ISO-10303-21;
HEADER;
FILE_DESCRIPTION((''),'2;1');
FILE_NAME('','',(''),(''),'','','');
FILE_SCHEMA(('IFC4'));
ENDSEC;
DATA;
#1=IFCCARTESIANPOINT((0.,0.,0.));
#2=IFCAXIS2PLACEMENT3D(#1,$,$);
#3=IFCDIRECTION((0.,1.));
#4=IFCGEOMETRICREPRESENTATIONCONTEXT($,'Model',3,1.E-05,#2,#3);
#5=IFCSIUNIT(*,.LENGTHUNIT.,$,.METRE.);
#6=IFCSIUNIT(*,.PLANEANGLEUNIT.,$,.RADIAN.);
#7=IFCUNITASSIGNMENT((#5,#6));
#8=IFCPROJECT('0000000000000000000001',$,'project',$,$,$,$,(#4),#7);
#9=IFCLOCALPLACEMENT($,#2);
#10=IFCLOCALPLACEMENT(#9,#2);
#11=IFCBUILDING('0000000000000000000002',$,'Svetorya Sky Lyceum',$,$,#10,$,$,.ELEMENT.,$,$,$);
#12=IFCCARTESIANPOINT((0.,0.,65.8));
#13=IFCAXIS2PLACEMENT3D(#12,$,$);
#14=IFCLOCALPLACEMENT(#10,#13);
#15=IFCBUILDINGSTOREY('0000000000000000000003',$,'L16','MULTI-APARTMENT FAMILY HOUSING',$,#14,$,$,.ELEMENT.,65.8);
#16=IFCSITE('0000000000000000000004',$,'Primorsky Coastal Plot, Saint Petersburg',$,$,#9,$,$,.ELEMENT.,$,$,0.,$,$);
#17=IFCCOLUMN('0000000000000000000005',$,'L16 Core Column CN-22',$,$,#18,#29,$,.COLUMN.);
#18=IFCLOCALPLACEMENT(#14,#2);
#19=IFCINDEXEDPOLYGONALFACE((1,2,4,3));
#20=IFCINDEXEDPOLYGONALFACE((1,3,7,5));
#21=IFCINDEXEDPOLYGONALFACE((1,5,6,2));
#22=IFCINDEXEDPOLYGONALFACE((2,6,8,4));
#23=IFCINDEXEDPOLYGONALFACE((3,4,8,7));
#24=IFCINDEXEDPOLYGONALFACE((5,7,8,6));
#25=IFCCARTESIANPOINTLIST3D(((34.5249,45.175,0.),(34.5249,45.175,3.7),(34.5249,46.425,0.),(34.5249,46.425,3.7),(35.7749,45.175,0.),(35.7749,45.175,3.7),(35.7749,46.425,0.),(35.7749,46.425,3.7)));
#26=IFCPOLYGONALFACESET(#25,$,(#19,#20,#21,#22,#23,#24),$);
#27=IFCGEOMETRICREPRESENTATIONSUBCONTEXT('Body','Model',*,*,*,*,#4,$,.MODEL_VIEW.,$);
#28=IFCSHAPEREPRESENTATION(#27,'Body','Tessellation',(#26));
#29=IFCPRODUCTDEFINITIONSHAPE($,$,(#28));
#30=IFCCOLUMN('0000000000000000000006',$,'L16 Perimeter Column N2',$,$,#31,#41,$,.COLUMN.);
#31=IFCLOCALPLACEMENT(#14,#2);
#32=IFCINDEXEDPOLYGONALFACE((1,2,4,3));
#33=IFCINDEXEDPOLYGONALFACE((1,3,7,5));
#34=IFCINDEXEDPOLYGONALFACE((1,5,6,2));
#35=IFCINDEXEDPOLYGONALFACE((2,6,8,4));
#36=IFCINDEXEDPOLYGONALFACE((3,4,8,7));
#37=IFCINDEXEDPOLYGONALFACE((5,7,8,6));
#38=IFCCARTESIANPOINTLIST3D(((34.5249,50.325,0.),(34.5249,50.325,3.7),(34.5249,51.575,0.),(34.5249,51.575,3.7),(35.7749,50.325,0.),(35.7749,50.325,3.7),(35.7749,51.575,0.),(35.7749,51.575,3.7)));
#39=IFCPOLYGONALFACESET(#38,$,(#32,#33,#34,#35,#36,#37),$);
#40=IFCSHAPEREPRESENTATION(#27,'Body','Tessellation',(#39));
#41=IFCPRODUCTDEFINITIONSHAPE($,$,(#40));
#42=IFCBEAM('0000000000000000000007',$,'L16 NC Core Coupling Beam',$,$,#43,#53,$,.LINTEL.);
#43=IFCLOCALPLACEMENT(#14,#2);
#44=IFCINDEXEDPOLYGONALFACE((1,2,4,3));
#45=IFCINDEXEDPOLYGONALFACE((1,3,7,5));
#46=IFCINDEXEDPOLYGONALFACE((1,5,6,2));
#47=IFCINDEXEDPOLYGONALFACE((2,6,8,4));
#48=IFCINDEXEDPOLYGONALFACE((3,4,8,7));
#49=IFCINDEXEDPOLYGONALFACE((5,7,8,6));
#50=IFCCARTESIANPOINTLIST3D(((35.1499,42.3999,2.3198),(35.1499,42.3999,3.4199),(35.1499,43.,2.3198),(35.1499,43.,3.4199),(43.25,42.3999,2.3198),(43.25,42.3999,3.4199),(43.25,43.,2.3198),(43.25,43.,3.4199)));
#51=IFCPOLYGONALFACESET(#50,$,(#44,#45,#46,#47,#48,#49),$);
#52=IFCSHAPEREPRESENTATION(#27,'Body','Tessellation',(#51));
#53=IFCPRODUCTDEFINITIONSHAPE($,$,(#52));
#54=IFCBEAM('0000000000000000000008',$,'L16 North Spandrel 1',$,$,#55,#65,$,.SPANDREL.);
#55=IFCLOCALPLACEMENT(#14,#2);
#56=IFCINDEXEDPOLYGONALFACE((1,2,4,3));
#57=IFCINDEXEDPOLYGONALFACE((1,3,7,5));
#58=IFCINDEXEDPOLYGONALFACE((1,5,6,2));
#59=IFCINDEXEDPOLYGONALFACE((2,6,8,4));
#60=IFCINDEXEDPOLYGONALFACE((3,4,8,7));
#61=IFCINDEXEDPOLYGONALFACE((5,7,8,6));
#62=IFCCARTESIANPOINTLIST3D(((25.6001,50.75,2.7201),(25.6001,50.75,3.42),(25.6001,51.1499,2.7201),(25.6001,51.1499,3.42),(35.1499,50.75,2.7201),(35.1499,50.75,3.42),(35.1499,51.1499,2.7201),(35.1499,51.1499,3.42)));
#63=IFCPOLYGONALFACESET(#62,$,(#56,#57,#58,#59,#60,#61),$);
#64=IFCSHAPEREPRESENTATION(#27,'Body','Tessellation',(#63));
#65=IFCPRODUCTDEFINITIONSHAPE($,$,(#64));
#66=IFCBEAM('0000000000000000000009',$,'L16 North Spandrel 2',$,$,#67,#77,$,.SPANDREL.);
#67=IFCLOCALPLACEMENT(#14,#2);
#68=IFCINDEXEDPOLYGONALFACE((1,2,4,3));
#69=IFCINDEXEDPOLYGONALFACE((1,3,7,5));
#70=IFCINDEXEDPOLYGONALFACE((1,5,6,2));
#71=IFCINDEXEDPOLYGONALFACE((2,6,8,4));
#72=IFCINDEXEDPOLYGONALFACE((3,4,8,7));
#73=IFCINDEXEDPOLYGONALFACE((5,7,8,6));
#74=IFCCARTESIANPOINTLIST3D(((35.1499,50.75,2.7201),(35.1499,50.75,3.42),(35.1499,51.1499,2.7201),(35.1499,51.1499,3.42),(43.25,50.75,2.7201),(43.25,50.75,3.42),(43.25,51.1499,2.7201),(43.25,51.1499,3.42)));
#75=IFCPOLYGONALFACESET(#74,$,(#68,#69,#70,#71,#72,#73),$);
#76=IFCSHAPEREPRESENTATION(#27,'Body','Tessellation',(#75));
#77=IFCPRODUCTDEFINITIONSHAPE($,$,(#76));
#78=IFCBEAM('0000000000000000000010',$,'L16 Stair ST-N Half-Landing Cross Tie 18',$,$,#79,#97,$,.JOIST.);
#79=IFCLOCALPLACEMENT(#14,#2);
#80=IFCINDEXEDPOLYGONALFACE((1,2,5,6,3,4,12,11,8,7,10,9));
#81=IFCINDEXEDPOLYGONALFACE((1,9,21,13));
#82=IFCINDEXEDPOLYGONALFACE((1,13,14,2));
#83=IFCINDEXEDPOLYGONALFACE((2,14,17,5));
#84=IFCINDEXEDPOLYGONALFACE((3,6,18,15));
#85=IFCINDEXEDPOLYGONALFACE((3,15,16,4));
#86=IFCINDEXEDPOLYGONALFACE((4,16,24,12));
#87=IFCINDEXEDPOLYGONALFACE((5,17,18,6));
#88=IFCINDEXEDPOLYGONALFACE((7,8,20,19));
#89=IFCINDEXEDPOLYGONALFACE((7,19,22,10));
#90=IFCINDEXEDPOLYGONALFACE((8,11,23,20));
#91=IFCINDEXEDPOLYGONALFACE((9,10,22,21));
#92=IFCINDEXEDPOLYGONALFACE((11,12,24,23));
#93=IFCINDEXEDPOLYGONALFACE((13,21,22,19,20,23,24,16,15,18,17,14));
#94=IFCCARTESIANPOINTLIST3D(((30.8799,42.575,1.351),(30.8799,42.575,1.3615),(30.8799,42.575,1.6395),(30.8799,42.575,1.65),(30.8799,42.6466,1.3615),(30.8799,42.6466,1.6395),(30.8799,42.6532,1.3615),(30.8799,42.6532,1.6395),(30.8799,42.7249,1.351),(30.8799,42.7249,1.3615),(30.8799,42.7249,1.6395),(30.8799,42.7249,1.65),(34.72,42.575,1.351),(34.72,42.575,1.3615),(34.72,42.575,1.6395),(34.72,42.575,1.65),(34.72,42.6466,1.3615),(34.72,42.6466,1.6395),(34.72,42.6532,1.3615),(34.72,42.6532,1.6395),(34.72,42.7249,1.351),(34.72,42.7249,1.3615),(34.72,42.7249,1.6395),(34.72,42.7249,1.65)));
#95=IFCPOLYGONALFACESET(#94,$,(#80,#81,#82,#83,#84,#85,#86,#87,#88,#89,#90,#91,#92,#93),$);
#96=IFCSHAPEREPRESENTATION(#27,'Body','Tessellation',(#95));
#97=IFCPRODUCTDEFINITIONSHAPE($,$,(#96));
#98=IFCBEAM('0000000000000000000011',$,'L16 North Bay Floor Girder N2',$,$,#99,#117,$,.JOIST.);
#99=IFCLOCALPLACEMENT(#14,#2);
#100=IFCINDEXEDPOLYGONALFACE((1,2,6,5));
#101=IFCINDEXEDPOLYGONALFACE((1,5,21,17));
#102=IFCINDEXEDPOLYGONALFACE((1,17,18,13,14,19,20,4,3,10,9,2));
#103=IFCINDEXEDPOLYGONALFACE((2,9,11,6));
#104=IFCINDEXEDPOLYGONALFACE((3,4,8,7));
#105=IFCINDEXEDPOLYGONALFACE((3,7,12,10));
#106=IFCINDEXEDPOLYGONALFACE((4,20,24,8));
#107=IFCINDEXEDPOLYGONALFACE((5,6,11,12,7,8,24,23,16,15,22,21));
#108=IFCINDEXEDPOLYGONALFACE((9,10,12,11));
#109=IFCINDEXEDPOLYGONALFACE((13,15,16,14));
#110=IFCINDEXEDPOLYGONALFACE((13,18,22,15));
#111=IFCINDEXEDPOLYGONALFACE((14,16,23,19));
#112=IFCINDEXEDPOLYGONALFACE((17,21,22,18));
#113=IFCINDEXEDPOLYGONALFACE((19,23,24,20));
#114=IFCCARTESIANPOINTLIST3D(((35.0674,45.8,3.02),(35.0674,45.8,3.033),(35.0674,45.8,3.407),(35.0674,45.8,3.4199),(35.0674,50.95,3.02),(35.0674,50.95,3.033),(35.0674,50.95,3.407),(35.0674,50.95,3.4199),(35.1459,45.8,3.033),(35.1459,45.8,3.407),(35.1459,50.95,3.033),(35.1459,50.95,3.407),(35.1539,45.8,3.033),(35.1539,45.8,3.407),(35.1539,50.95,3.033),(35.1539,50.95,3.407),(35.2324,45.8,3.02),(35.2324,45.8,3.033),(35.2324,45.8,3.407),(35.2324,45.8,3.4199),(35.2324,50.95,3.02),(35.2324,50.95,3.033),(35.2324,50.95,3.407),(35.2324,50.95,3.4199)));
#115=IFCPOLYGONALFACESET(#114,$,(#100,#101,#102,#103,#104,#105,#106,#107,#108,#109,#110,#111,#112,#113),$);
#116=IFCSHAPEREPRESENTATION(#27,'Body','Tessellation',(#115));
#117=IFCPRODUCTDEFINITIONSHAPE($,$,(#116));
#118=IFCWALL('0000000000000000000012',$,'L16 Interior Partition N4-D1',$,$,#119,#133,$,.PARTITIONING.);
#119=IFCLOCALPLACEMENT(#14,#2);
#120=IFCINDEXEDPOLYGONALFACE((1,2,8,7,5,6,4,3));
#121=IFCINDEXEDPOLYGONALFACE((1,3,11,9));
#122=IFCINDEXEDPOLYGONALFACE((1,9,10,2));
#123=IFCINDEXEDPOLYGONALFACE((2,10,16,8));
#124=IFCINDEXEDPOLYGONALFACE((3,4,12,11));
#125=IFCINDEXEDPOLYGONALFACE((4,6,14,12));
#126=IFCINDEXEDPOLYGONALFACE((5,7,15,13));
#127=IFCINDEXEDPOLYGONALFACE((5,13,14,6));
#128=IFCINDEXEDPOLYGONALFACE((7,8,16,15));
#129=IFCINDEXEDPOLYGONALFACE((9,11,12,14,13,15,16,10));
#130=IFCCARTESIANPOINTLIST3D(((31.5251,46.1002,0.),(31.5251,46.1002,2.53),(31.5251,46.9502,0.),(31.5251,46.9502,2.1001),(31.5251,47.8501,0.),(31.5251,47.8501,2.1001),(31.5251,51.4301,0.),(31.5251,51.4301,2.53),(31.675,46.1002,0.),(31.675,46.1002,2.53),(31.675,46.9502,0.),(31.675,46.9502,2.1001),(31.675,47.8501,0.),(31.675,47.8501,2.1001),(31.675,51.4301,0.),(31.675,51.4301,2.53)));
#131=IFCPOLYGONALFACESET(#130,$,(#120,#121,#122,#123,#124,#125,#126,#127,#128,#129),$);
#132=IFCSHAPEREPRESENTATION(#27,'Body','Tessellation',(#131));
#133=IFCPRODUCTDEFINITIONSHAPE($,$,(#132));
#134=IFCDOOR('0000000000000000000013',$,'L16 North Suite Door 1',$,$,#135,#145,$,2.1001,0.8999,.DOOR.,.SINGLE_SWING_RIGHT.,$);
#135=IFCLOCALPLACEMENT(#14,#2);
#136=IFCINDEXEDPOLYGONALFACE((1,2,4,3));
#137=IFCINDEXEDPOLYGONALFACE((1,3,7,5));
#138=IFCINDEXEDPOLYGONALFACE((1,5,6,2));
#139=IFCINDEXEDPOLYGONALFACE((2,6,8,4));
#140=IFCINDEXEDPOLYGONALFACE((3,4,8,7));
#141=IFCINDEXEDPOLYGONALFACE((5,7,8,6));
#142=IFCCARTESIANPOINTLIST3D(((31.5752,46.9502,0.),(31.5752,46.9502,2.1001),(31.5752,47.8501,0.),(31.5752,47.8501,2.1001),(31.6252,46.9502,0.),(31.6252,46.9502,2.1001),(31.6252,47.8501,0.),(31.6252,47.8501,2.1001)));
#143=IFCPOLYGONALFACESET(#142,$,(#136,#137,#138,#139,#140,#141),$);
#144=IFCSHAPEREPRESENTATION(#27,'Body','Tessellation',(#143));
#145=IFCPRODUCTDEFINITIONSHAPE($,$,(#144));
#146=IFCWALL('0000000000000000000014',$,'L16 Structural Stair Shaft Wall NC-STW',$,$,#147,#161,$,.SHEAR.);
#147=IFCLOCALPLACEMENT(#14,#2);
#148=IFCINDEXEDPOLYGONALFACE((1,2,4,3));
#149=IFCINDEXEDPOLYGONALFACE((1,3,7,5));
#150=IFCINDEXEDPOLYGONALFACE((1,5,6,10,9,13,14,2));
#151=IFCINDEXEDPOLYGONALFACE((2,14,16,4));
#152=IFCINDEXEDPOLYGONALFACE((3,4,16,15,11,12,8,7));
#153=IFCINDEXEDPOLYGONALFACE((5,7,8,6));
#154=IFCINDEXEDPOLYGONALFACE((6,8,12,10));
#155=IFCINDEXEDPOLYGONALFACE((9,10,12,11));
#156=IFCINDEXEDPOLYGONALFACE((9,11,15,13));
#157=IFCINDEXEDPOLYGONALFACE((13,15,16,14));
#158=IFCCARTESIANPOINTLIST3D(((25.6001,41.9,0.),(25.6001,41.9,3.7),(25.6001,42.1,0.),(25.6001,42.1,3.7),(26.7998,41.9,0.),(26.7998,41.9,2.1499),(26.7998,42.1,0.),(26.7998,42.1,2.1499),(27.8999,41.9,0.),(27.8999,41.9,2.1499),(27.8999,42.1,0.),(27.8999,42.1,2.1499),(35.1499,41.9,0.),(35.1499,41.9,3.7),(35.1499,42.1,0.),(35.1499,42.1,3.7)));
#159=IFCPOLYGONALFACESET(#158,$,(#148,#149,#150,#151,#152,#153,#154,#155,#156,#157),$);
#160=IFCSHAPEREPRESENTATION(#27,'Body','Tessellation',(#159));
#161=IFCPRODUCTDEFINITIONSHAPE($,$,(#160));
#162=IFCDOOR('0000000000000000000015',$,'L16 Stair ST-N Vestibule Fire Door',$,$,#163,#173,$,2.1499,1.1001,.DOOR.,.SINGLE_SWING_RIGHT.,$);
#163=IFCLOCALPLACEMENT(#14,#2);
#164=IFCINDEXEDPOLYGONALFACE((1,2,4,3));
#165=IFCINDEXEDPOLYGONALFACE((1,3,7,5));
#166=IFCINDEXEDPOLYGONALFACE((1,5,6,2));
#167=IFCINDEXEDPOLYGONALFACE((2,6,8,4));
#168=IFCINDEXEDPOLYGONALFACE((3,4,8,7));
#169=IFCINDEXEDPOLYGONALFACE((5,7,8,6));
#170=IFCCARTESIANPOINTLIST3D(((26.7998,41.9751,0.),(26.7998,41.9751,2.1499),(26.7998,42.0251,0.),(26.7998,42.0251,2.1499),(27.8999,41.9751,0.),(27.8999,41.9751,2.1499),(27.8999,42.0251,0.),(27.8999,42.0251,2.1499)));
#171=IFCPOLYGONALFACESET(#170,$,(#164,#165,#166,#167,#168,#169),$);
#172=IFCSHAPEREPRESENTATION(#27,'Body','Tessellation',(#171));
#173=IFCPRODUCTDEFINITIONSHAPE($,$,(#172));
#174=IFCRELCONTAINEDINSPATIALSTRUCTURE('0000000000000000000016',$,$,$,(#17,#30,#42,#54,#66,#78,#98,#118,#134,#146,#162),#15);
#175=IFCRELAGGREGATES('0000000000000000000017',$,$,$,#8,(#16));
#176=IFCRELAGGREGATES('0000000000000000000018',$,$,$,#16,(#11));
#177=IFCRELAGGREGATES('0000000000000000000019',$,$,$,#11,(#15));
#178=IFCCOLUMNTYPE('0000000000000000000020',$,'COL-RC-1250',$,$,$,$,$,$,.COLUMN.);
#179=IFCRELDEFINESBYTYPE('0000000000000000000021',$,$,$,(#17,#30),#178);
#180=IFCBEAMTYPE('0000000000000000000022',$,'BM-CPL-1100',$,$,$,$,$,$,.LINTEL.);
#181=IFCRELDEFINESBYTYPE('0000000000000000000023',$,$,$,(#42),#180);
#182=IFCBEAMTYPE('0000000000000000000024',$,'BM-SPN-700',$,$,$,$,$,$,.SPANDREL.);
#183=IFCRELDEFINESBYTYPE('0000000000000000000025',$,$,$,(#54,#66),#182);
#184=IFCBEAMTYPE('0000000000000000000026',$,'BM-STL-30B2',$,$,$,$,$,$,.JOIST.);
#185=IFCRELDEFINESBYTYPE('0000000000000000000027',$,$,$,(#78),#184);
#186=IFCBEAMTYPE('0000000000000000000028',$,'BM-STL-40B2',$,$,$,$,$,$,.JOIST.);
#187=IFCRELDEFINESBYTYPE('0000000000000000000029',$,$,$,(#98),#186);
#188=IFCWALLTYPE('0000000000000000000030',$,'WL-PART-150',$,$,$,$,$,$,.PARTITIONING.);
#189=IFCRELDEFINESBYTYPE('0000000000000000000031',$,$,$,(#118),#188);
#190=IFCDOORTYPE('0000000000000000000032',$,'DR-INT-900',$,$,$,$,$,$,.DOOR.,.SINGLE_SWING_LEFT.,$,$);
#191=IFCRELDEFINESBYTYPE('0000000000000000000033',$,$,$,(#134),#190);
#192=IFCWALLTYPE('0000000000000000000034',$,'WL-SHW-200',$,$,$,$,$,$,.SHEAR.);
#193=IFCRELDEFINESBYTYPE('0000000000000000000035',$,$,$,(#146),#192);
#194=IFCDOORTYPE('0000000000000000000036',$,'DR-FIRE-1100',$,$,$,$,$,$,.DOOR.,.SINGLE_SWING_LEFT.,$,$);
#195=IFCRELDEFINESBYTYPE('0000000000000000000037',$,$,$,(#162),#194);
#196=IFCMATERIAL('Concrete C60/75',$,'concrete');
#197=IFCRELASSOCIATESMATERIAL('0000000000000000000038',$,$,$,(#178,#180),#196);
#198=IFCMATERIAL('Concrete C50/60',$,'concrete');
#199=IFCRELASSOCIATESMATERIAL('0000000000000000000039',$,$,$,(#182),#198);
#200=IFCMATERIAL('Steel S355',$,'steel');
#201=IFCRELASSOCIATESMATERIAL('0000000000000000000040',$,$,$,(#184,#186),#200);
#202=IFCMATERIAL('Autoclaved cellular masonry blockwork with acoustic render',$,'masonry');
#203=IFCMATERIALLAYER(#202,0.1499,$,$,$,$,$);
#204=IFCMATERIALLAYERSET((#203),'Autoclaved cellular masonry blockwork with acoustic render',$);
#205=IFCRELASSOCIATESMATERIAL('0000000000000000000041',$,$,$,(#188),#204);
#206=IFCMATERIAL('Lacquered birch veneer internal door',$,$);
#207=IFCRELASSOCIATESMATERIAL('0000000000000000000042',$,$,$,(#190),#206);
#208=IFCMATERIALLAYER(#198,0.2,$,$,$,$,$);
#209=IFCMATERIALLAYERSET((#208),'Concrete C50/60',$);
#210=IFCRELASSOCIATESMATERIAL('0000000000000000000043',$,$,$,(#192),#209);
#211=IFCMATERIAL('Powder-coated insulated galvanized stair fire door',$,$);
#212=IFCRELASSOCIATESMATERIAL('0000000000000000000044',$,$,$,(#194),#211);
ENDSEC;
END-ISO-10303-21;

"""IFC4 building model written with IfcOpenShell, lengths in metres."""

from ifc_helpers import new_model, si_unit, direction, frame, frame_2d, origin, origin_2d, place, context, subcontext, project, spatial, rectangle, i_section, extrude, material, layer, layer_set, material_profile, profile_set, type_object, element, fill, save


model = new_model("IFC4")

# Units and contexts
model_context = context("Model", 3, precision=1e-05, world=origin(), true_north=direction((0.0, 1.0)))
body_context = subcontext(model_context, "Body", "Model", "MODEL_VIEW")
ifc_project = project(units=[si_unit("LENGTHUNIT", "METRE"), si_unit("PLANEANGLEUNIT", "RADIAN")], contexts=[model_context])

# Site, building, storey
site_placement = place(None, origin())
site = spatial("IfcSite", under=ifc_project, at=site_placement, Name="Primorsky Coastal Plot, Saint Petersburg", CompositionType="ELEMENT", RefElevation=0.0)
building_placement = place(site_placement, origin())
building = spatial("IfcBuilding", under=site, at=building_placement, Name="Svetorya Sky Lyceum", CompositionType="ELEMENT")
storey_placement = place(building_placement, frame((0.0, 0.0, 65.8)))
storey = spatial("IfcBuildingStorey", under=building, at=storey_placement, Name="L16", Description="MULTI-APARTMENT FAMILY HOUSING", CompositionType="ELEMENT", Elevation=65.8)

# Columns
ifc_material_1 = material(Name="Concrete C60/75", Category="concrete")
ifc_material_profile_1 = material_profile(ifc_material_1, rectangle(XDim=1.25, YDim=1.25, at=origin_2d()), Name="RC COL 1250x1250")
ifc_profile_set_1 = profile_set([ifc_material_profile_1], Name="Concrete C60/75")
column_type = type_object("IfcColumnType", Name="COL-RC-1250", PredefinedType="COLUMN", material=ifc_profile_set_1)
for number, where, z_axis, x_axis, name in (
    (1, (35.1499, 45.8, 0.0), (0.0, 0.0, 1.0), (1.0, 0.0, 0.0), "L16 Core Column CN-22"),
    (2, (35.1499, 50.95, 0.0), (0.0, 0.0, 1.0), (1.0, 0.0, 0.0), "L16 Perimeter Column N2"),
):
    element("IfcColumn", number, at=place(storey_placement, frame(where, z_axis=z_axis, x_axis=x_axis)), inside=storey, type_object=column_type, Name=name, PredefinedType="COLUMN", context=body_context, shape_type="SweptSolid", body=[
        extrude(rectangle(XDim=1.25, YDim=1.25, at=origin_2d()), origin(), (0.0, 0.0, 1.0), 3.7),
    ])

# Beams
ifc_material_profile_2 = material_profile(ifc_material_1, rectangle(XDim=0.6001, YDim=1.1001, at=origin_2d()), Name="RC COUPLING 600x1100")
ifc_profile_set_2 = profile_set([ifc_material_profile_2], Name="Concrete C60/75")
beam_type_1 = type_object("IfcBeamType", Name="BM-CPL-1100", PredefinedType="LINTEL", material=ifc_profile_set_2)
beam_1_placement = place(storey_placement, frame((35.1499, 42.7, 2.8699), z_axis=(1.0, 0.0, 0.0), x_axis=(0.0, 1.0, 0.0)))
element("IfcBeam", 3, at=beam_1_placement, inside=storey, type_object=beam_type_1, Name="L16 NC Core Coupling Beam", PredefinedType="LINTEL", context=body_context, shape_type="SweptSolid", body=[
    extrude(rectangle(XDim=0.6001, YDim=1.1001, at=origin_2d()), origin(), (0.0, 0.0, 1.0), 8.1001),
])
ifc_material_2 = material(Name="Concrete C50/60", Category="concrete")
ifc_material_profile_3 = material_profile(ifc_material_2, rectangle(XDim=0.3999, YDim=0.7, at=origin_2d()), Name="RC SPANDREL 400x700")
ifc_profile_set_3 = profile_set([ifc_material_profile_3], Name="Concrete C50/60")
beam_type_2 = type_object("IfcBeamType", Name="BM-SPN-700", PredefinedType="SPANDREL", material=ifc_profile_set_3)
beam_2_placement = place(storey_placement, frame((25.6001, 50.95, 3.0701), z_axis=(1.0, 0.0, 0.0), x_axis=(0.0, 1.0, 0.0)))
element("IfcBeam", 4, at=beam_2_placement, inside=storey, type_object=beam_type_2, Name="L16 North Spandrel 1", PredefinedType="SPANDREL", context=body_context, shape_type="SweptSolid", body=[
    extrude(rectangle(XDim=0.3999, YDim=0.7, at=origin_2d()), origin(), (0.0, 0.0, 1.0), 9.5498),
])
beam_3_placement = place(storey_placement, frame((35.1499, 50.95, 3.0701), z_axis=(1.0, 0.0, 0.0), x_axis=(0.0, 1.0, 0.0)))
element("IfcBeam", 5, at=beam_3_placement, inside=storey, type_object=beam_type_2, Name="L16 North Spandrel 2", PredefinedType="SPANDREL", context=body_context, shape_type="SweptSolid", body=[
    extrude(rectangle(XDim=0.3999, YDim=0.7, at=origin_2d()), origin(), (0.0, 0.0, 1.0), 8.1001),
])
ifc_material_3 = material(Name="Steel S355", Category="steel")
ifc_material_profile_4 = material_profile(ifc_material_3, i_section(OverallWidth=0.1499, OverallDepth=0.2991, WebThickness=0.0066, FlangeThickness=0.0105, at=origin_2d()), Name="GOST 30B2")
ifc_profile_set_4 = profile_set([ifc_material_profile_4], Name="Steel S355")
beam_type_3 = type_object("IfcBeamType", Name="BM-STL-30B2", PredefinedType="JOIST", material=ifc_profile_set_4)
beam_4_placement = place(storey_placement, frame((30.8799, 42.6499, 1.5005), z_axis=(1.0, 0.0, 0.0), x_axis=(0.0, 1.0, 0.0)))
element("IfcBeam", 6, at=beam_4_placement, inside=storey, type_object=beam_type_3, Name="L16 Stair ST-N Half-Landing Cross Tie 18", PredefinedType="JOIST", context=body_context, shape_type="SweptSolid", body=[
    extrude(i_section(OverallWidth=0.1499, OverallDepth=0.2991, WebThickness=0.0066, FlangeThickness=0.0105, at=origin_2d()), origin(), (0.0, 0.0, 1.0), 3.8401),
])
ifc_material_profile_5 = material_profile(ifc_material_3, i_section(OverallWidth=0.165, OverallDepth=0.3999, WebThickness=0.0081, FlangeThickness=0.0129, at=origin_2d()), Name="GOST 40B2")
ifc_profile_set_5 = profile_set([ifc_material_profile_5], Name="Steel S355")
beam_type_4 = type_object("IfcBeamType", Name="BM-STL-40B2", PredefinedType="JOIST", material=ifc_profile_set_5)
beam_5_placement = place(storey_placement, frame((35.1499, 45.8, 3.22), z_axis=(0.0, 1.0, 0.0), x_axis=(-1.0, 0.0, 0.0)))
element("IfcBeam", 7, at=beam_5_placement, inside=storey, type_object=beam_type_4, Name="L16 North Bay Floor Girder N2", PredefinedType="JOIST", context=body_context, shape_type="SweptSolid", body=[
    extrude(i_section(OverallWidth=0.165, OverallDepth=0.3999, WebThickness=0.0081, FlangeThickness=0.0129, at=origin_2d()), origin(), (0.0, 0.0, 1.0), 5.1499),
])

# Walls, openings, doors
ifc_material_4 = material(Name="Autoclaved cellular masonry blockwork with acoustic render", Category="masonry")
ifc_layer_1 = layer(ifc_material_4, 0.1499)
ifc_layer_set_1 = layer_set([ifc_layer_1], Name="Autoclaved cellular masonry blockwork with acoustic render")
wall_type_1 = type_object("IfcWallType", Name="WL-PART-150", PredefinedType="PARTITIONING", material=ifc_layer_set_1)
wall_1_placement = place(storey_placement, frame((31.6001, 46.1001, 0.0), z_axis=(0.0, 0.0, 1.0), x_axis=(0.0, 1.0, 0.0)))
wall_1 = element("IfcWall", 8, at=wall_1_placement, inside=storey, type_object=wall_type_1, Name="L16 Interior Partition N4-D1", PredefinedType="PARTITIONING", context=body_context, shape_type="SweptSolid", body=[
    extrude(rectangle(XDim=5.3298, YDim=0.1499, at=frame_2d((2.665, 0.0))), origin(), (0.0, 0.0, 1.0), 2.53),
])
opening_1_placement = place(wall_1_placement, frame((0.8501, 0.0, 0.0)))
opening_1 = element("IfcOpeningElement", 9, at=opening_1_placement, cuts=wall_1, PredefinedType="OPENING", context=body_context, shape_type="SweptSolid", body=[
    extrude(rectangle(XDim=0.8999, YDim=2.1001, at=frame_2d((0.45, 1.05))), frame((0.0, 0.085, 0.0), z_axis=(0.0, -1.0, 0.0), x_axis=(1.0, 0.0, 0.0)), (0.0, 0.0, 1.0), 0.1699),
])
ifc_material_5 = material(Name="Lacquered birch veneer internal door")
door_type_1 = type_object("IfcDoorType", Name="DR-INT-900", OperationType="SINGLE_SWING_LEFT", PredefinedType="DOOR", material=ifc_material_5)
door_1_placement = place(opening_1_placement, origin())
door_1 = element("IfcDoor", 10, at=door_1_placement, inside=storey, type_object=door_type_1, Name="L16 North Suite Door 1", OperationType="SINGLE_SWING_RIGHT", OverallHeight=2.1001, OverallWidth=0.8999, PredefinedType="DOOR", context=body_context, shape_type="SweptSolid", body=[
    extrude(rectangle(XDim=0.8999, YDim=2.1001, at=frame_2d((0.45, 1.05))), frame((0.0, 0.0249, 0.0), z_axis=(0.0, -1.0, 0.0), x_axis=(1.0, 0.0, 0.0)), (0.0, 0.0, 1.0), 0.05),
])
fill(opening_1, door_1)
ifc_layer_2 = layer(ifc_material_2, 0.2)
ifc_layer_set_2 = layer_set([ifc_layer_2], Name="Concrete C50/60")
wall_type_2 = type_object("IfcWallType", Name="WL-SHW-200", PredefinedType="SHEAR", material=ifc_layer_set_2)
wall_2_placement = place(storey_placement, frame((35.1499, 42.0, 0.0), z_axis=(0.0, 0.0, 1.0), x_axis=(-1.0, 0.0, 0.0)))
wall_2 = element("IfcWall", 11, at=wall_2_placement, inside=storey, type_object=wall_type_2, Name="L16 Structural Stair Shaft Wall NC-STW", PredefinedType="SHEAR", context=body_context, shape_type="SweptSolid", body=[
    extrude(rectangle(XDim=9.5498, YDim=0.2, at=frame_2d((4.7749, 0.0))), origin(), (0.0, 0.0, 1.0), 3.7),
])
opening_2_placement = place(wall_2_placement, frame((7.25, 0.0, 0.0)))
opening_2 = element("IfcOpeningElement", 12, at=opening_2_placement, cuts=wall_2, PredefinedType="OPENING", context=body_context, shape_type="SweptSolid", body=[
    extrude(rectangle(XDim=1.1001, YDim=2.1499, at=frame_2d((0.55, 1.075))), frame((0.0, 0.1099, 0.0), z_axis=(0.0, -1.0, 0.0), x_axis=(1.0, 0.0, 0.0)), (0.0, 0.0, 1.0), 0.22),
])
ifc_material_6 = material(Name="Powder-coated insulated galvanized stair fire door")
door_type_2 = type_object("IfcDoorType", Name="DR-FIRE-1100", OperationType="SINGLE_SWING_LEFT", PredefinedType="DOOR", material=ifc_material_6)
door_2_placement = place(opening_2_placement, origin())
door_2 = element("IfcDoor", 13, at=door_2_placement, inside=storey, type_object=door_type_2, Name="L16 Stair ST-N Vestibule Fire Door", OperationType="SINGLE_SWING_RIGHT", OverallHeight=2.1499, OverallWidth=1.1001, PredefinedType="DOOR", context=body_context, shape_type="SweptSolid", body=[
    extrude(rectangle(XDim=1.1001, YDim=2.1499, at=frame_2d((0.55, 1.075))), frame((0.0, 0.0249, 0.0), z_axis=(0.0, -1.0, 0.0), x_axis=(1.0, 0.0, 0.0)), (0.0, 0.0, 1.0), 0.05),
])
fill(opening_2, door_2)

save(model, "model.ifc")
